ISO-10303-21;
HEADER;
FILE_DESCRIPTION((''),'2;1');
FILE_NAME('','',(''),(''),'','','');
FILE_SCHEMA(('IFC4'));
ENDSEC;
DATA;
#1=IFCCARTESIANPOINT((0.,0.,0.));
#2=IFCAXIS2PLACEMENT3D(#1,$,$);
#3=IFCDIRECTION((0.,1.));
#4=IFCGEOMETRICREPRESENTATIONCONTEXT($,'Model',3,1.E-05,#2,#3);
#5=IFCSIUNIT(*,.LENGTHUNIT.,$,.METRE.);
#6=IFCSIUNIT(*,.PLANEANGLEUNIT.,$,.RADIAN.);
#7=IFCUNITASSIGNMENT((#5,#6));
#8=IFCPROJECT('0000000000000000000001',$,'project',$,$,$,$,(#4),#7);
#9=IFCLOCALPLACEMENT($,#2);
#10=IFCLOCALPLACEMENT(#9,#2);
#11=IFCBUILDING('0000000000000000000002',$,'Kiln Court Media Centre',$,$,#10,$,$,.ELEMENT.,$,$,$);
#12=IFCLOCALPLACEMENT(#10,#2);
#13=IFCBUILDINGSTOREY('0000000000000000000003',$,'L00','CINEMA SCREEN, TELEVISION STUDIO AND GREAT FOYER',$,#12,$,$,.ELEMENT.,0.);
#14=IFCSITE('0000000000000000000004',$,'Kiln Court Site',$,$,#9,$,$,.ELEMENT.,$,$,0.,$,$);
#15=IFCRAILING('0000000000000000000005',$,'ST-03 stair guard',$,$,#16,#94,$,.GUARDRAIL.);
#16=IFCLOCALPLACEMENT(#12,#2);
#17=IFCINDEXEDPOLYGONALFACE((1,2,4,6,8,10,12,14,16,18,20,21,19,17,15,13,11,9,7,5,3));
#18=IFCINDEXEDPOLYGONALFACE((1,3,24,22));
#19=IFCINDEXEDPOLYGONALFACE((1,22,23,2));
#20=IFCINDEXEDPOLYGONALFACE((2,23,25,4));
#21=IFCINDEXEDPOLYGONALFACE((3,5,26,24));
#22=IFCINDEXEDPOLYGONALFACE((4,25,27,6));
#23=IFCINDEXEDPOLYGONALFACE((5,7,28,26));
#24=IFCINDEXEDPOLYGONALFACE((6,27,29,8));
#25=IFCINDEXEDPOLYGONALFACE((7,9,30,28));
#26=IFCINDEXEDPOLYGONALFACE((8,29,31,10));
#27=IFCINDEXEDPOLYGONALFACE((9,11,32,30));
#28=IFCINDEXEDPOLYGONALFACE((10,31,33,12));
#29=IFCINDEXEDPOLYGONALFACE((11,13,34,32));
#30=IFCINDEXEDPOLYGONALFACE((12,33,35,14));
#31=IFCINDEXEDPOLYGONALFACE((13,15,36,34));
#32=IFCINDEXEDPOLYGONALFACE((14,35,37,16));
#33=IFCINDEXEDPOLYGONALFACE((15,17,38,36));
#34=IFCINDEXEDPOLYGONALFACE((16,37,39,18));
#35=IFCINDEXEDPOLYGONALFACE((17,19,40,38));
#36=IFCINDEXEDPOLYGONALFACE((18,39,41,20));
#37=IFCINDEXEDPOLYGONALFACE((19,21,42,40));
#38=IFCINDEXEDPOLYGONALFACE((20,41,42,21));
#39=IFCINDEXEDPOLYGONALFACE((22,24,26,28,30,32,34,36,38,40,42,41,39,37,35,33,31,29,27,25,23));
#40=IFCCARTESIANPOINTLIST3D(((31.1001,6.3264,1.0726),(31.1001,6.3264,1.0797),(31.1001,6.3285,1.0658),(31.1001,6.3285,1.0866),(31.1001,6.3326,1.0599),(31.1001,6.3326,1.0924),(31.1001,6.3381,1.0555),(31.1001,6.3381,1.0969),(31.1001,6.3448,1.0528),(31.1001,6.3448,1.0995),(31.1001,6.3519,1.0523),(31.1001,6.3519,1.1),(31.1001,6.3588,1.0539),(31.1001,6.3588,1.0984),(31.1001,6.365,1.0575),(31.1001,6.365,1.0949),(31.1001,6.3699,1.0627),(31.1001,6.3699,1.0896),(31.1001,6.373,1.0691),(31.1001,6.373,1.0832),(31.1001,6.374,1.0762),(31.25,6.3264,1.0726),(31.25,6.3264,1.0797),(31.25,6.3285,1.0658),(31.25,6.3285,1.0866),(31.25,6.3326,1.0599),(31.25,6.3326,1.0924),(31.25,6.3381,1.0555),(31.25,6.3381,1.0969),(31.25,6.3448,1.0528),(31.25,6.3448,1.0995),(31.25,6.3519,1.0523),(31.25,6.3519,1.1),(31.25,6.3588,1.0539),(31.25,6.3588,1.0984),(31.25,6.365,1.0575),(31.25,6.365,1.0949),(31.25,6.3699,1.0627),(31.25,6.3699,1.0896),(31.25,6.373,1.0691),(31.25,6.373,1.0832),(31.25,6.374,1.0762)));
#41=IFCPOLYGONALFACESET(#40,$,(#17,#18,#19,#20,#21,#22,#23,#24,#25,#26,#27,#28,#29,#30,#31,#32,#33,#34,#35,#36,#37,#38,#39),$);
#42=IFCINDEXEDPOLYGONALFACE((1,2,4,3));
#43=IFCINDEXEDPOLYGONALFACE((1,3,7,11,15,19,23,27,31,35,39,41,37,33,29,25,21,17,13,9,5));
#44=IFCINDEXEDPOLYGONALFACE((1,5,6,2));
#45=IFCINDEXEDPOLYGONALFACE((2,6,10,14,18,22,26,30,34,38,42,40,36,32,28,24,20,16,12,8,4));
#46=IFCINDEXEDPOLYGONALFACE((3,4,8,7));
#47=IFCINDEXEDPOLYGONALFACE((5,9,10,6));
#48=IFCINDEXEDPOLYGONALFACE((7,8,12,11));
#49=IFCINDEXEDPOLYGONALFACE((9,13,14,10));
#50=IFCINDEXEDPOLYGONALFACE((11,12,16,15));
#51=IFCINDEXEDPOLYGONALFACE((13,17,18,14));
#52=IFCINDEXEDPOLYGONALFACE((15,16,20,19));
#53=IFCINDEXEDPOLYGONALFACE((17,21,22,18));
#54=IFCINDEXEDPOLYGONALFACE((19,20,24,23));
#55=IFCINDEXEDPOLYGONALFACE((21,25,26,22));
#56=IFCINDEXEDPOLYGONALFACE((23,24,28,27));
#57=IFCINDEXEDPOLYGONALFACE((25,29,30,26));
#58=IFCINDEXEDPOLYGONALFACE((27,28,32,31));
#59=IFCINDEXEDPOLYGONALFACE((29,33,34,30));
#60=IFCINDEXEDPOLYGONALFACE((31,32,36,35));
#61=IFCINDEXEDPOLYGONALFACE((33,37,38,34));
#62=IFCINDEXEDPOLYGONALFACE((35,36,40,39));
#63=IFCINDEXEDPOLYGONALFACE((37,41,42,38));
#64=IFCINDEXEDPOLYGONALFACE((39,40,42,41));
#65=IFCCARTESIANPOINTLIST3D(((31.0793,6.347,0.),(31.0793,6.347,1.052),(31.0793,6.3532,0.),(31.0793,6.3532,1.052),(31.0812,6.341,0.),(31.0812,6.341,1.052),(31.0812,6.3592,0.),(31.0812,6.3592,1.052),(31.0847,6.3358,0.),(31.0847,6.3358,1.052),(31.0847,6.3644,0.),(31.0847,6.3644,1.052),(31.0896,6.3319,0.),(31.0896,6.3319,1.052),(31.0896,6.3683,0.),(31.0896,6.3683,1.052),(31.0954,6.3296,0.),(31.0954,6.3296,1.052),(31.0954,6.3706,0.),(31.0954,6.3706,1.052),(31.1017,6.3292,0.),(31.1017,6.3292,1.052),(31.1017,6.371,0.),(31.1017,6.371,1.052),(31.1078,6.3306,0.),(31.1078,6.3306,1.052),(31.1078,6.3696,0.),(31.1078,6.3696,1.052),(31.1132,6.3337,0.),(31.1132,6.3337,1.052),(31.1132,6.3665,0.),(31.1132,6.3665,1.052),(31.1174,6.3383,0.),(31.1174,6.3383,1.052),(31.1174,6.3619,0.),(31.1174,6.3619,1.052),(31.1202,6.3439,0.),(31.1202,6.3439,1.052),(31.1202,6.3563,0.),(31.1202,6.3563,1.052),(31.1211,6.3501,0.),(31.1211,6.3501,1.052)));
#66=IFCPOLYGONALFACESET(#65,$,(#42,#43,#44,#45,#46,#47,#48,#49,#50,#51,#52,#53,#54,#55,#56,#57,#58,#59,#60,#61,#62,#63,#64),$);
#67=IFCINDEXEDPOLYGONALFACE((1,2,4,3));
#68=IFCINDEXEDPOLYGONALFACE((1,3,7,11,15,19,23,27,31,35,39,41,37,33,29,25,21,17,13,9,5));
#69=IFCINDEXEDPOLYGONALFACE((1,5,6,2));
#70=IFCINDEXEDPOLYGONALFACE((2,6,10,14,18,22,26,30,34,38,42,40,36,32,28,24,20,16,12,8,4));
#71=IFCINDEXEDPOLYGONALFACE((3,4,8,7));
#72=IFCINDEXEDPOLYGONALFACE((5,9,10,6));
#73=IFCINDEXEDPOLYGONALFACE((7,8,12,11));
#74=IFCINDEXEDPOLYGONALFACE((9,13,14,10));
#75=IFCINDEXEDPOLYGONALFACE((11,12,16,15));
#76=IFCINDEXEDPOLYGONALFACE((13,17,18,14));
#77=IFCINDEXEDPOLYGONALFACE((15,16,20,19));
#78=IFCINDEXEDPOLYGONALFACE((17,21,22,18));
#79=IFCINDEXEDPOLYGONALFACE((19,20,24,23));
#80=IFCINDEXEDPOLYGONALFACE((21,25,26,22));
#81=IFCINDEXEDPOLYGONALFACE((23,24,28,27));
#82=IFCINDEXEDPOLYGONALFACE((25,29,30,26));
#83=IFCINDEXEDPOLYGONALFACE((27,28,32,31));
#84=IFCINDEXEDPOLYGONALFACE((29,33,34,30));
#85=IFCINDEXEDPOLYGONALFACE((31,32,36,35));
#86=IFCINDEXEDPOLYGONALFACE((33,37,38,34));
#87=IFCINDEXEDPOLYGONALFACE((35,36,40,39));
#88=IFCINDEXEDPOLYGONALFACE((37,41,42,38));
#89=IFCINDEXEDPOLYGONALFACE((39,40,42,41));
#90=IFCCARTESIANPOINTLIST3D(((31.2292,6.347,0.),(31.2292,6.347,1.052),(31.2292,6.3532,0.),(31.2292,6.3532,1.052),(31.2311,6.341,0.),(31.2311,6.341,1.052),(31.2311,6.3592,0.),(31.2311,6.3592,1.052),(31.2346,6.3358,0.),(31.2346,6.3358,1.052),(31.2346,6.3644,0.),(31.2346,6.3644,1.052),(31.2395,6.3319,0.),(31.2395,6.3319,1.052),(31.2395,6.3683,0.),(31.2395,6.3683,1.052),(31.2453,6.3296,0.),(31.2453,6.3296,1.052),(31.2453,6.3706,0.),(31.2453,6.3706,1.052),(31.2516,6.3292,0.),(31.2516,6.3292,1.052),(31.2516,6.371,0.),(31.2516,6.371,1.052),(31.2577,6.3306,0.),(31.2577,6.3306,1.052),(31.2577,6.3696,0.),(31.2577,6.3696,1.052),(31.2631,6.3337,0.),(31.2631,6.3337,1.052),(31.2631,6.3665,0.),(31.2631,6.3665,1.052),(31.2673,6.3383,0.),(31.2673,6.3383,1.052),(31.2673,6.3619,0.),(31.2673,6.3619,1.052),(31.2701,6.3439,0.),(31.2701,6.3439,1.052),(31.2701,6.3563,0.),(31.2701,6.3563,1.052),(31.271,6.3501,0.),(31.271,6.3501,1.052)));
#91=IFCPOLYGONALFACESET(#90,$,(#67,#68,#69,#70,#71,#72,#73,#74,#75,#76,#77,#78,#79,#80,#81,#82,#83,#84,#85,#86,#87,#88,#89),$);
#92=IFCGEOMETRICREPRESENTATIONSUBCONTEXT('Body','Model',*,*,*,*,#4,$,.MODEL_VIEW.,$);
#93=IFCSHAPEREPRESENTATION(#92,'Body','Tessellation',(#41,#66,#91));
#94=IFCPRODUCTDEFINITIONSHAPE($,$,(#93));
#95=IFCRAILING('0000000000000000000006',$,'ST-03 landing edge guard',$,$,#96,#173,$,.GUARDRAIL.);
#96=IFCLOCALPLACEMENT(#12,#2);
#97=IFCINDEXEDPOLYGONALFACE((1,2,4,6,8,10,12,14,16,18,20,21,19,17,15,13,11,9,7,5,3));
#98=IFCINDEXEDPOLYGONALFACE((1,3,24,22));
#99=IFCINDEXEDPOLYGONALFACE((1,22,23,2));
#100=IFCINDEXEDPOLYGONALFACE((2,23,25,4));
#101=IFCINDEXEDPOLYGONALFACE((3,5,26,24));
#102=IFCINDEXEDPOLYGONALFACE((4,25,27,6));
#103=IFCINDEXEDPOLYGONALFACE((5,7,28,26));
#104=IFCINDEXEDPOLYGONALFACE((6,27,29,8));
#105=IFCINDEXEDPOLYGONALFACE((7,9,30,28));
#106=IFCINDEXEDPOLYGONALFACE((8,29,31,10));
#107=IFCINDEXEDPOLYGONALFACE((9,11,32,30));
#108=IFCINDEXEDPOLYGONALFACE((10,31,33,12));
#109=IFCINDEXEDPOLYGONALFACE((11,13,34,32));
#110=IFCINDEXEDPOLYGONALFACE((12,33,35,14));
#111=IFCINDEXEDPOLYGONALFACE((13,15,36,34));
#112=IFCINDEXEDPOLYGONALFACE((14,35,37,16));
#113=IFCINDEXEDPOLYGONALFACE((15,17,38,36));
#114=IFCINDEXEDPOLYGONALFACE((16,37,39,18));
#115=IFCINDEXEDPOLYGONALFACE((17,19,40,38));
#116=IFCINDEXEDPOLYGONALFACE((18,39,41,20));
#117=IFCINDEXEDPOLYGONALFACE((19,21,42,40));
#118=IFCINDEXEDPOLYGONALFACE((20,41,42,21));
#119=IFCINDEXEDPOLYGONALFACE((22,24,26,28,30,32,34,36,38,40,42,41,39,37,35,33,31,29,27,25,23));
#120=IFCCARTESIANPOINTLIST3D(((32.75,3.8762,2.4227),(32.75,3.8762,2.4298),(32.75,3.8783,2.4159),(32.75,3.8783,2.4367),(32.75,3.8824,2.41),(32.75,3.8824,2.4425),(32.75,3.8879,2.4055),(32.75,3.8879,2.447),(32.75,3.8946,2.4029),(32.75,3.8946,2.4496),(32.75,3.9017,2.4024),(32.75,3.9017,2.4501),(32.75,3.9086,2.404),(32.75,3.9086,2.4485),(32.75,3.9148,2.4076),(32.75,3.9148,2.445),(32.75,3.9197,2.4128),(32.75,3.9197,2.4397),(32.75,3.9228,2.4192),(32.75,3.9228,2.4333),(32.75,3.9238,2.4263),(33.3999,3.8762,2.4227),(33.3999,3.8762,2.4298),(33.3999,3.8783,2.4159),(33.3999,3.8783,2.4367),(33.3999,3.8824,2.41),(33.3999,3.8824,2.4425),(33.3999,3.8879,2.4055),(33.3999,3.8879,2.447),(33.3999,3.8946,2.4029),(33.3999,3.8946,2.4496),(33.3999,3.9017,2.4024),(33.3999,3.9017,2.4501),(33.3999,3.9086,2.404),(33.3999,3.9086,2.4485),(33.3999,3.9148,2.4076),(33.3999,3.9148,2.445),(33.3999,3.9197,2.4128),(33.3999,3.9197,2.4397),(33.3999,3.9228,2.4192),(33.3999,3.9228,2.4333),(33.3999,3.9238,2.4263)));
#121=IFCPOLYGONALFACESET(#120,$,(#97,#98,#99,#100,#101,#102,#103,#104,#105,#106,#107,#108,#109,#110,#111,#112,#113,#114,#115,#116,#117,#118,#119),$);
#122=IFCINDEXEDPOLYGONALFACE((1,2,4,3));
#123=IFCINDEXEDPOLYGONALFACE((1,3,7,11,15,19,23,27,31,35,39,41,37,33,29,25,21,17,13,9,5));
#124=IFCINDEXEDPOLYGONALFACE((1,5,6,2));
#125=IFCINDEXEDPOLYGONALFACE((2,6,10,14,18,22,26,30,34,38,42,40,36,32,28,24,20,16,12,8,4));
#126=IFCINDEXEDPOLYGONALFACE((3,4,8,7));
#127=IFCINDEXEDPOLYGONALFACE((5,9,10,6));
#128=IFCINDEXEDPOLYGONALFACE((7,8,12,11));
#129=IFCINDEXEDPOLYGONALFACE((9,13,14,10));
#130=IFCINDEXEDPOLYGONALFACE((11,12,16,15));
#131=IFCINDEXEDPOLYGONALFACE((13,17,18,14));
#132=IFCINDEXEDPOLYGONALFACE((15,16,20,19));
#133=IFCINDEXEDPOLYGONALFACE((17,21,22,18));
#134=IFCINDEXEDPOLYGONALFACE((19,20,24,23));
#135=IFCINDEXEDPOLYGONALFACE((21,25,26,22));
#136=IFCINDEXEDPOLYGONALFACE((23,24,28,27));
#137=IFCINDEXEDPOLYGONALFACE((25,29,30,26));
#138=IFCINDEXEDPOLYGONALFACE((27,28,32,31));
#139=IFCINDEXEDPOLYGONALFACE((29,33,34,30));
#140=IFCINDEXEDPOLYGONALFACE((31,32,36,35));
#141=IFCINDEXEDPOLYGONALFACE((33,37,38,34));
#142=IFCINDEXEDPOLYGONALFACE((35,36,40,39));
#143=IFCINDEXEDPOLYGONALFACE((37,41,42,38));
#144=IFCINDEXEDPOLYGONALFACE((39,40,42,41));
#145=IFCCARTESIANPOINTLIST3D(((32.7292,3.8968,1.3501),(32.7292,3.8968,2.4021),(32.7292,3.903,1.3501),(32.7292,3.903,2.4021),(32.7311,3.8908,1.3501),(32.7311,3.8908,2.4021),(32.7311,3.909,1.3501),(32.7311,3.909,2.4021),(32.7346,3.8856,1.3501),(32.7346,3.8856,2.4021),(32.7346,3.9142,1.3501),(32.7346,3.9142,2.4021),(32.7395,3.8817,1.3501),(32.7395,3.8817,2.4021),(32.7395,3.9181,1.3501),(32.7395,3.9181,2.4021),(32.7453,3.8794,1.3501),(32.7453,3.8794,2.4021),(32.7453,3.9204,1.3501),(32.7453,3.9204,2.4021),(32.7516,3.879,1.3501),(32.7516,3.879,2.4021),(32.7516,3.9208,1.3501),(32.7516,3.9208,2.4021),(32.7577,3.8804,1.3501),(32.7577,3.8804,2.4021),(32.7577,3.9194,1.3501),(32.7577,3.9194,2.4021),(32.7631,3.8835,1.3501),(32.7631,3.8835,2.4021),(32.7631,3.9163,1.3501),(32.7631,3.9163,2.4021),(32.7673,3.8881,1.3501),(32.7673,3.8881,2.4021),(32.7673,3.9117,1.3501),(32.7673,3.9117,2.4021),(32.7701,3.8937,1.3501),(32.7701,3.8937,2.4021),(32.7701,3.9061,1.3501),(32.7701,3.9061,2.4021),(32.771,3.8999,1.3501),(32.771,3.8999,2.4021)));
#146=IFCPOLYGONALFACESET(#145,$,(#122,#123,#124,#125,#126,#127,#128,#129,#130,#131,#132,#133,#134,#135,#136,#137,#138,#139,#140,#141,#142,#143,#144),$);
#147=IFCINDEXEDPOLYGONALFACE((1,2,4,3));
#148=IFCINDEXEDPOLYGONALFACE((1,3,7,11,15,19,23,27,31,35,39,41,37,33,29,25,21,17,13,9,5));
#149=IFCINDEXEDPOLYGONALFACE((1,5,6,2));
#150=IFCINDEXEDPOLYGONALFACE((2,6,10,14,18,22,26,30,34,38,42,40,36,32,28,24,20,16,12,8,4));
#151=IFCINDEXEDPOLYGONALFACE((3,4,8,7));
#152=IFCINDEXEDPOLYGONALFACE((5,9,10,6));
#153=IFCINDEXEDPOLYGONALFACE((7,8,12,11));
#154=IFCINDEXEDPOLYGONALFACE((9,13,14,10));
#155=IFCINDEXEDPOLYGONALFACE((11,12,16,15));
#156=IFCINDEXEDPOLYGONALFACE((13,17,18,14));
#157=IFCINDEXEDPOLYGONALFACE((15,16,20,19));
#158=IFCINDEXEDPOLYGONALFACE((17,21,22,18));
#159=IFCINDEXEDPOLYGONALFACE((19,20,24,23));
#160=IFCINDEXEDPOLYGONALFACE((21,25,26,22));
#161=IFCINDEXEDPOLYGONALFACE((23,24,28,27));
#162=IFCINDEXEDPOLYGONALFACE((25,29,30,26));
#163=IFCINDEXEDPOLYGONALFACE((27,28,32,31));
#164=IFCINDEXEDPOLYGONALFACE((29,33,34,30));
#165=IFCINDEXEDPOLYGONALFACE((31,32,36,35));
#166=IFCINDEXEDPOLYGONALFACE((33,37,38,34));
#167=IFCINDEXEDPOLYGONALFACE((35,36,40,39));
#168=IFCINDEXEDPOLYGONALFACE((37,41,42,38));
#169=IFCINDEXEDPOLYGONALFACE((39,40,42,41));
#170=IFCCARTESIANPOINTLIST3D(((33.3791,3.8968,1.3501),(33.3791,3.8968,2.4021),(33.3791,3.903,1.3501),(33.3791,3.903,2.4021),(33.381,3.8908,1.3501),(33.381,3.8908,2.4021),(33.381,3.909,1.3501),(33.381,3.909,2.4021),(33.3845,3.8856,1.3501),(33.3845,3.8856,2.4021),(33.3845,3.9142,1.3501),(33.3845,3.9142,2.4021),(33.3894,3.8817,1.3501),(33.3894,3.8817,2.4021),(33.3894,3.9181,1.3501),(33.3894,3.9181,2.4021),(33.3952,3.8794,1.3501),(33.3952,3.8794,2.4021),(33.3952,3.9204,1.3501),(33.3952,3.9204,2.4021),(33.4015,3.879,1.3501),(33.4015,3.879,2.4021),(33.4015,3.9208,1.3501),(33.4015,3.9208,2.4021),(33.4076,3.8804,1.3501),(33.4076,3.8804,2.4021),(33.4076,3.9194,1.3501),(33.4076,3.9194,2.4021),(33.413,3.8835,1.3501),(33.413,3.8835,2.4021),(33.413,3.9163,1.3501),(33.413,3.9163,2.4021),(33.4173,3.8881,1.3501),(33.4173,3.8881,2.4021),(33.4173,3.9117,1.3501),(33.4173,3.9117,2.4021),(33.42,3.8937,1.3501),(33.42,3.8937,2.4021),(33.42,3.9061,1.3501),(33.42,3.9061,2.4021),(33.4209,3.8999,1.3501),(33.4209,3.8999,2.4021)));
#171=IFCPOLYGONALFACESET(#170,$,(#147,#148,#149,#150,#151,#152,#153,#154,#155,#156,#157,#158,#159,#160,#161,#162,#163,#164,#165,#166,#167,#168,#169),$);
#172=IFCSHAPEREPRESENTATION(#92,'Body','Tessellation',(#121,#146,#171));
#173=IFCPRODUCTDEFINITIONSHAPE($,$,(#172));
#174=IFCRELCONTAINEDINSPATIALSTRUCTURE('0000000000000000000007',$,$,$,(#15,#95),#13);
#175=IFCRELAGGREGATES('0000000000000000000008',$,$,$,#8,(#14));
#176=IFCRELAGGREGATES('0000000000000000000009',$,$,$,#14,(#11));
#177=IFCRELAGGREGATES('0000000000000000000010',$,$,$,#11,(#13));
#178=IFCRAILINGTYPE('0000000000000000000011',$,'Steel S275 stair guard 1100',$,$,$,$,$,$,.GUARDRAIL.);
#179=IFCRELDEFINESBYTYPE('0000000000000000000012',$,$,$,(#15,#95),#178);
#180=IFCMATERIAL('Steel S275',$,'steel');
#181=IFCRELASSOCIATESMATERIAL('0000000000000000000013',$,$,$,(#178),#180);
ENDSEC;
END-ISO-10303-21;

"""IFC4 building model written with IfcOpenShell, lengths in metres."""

from ifc_helpers import new_model, si_unit, direction, frame, origin, origin_2d, place, context, subcontext, project, spatial, circle, extrude, material, type_object, element, save


model = new_model("IFC4")

# Units and contexts
model_context = context("Model", 3, precision=1e-05, world=origin(), true_north=direction((0.0, 1.0)))
body_context = subcontext(model_context, "Body", "Model", "MODEL_VIEW")
ifc_project = project(units=[si_unit("LENGTHUNIT", "METRE"), si_unit("PLANEANGLEUNIT", "RADIAN")], contexts=[model_context])

# Site, building, storey
site_placement = place(None, origin())
site = spatial("IfcSite", under=ifc_project, at=site_placement, Name="Kiln Court Site", CompositionType="ELEMENT", RefElevation=0.0)
building_placement = place(site_placement, origin())
building = spatial("IfcBuilding", under=site, at=building_placement, Name="Kiln Court Media Centre", CompositionType="ELEMENT")
storey_placement = place(building_placement, origin())
storey = spatial("IfcBuildingStorey", under=building, at=storey_placement, Name="L00", Description="CINEMA SCREEN, TELEVISION STUDIO AND GREAT FOYER", CompositionType="ELEMENT", Elevation=0.0)

# Railings
ifc_material_1 = material(Name="Steel S275", Category="steel")
railing_type_1 = type_object("IfcRailingType", Name="Steel S275 stair guard 1100", PredefinedType="GUARDRAIL", material=ifc_material_1)
railing_1_placement = place(storey_placement, frame((31.1001, 6.3501, 0.0)))
element("IfcRailing", 1, at=railing_1_placement, inside=storey, type_object=railing_type_1, Name="ST-03 stair guard", PredefinedType="GUARDRAIL", context=body_context, shape_type="SweptSolid", body=[
    extrude(circle(Radius=0.0239, at=origin_2d()), frame((0.0, 0.0, 1.0762), z_axis=(1.0, 0.0, 0.0), x_axis=(0.0, 1.0, 0.0)), (0.0, 0.0, 1.0), 0.1499),
    extrude(circle(Radius=0.021, at=origin_2d()), origin(), (0.0, 0.0, 1.0), 1.052),
    extrude(circle(Radius=0.021, at=origin_2d()), frame((0.1499, 0.0, 0.0)), (0.0, 0.0, 1.0), 1.052),
])
for number, where, name in (
    (2, (32.75, 3.8999, 1.3501), "ST-03 landing edge guard"),
):
    element("IfcRailing", number, at=place(storey_placement, frame(where)), inside=storey, type_object=railing_type_1, Name=name, PredefinedType="GUARDRAIL", context=body_context, shape_type="SweptSolid", body=[
        extrude(circle(Radius=0.0239, at=origin_2d()), frame((0.0, 0.0, 1.0762), z_axis=(1.0, 0.0, 0.0), x_axis=(0.0, 1.0, 0.0)), (0.0, 0.0, 1.0), 0.6499),
        extrude(circle(Radius=0.021, at=origin_2d()), origin(), (0.0, 0.0, 1.0), 1.052),
        extrude(circle(Radius=0.021, at=origin_2d()), frame((0.6499, 0.0, 0.0)), (0.0, 0.0, 1.0), 1.052),
    ])

save(model, "model.ifc")
